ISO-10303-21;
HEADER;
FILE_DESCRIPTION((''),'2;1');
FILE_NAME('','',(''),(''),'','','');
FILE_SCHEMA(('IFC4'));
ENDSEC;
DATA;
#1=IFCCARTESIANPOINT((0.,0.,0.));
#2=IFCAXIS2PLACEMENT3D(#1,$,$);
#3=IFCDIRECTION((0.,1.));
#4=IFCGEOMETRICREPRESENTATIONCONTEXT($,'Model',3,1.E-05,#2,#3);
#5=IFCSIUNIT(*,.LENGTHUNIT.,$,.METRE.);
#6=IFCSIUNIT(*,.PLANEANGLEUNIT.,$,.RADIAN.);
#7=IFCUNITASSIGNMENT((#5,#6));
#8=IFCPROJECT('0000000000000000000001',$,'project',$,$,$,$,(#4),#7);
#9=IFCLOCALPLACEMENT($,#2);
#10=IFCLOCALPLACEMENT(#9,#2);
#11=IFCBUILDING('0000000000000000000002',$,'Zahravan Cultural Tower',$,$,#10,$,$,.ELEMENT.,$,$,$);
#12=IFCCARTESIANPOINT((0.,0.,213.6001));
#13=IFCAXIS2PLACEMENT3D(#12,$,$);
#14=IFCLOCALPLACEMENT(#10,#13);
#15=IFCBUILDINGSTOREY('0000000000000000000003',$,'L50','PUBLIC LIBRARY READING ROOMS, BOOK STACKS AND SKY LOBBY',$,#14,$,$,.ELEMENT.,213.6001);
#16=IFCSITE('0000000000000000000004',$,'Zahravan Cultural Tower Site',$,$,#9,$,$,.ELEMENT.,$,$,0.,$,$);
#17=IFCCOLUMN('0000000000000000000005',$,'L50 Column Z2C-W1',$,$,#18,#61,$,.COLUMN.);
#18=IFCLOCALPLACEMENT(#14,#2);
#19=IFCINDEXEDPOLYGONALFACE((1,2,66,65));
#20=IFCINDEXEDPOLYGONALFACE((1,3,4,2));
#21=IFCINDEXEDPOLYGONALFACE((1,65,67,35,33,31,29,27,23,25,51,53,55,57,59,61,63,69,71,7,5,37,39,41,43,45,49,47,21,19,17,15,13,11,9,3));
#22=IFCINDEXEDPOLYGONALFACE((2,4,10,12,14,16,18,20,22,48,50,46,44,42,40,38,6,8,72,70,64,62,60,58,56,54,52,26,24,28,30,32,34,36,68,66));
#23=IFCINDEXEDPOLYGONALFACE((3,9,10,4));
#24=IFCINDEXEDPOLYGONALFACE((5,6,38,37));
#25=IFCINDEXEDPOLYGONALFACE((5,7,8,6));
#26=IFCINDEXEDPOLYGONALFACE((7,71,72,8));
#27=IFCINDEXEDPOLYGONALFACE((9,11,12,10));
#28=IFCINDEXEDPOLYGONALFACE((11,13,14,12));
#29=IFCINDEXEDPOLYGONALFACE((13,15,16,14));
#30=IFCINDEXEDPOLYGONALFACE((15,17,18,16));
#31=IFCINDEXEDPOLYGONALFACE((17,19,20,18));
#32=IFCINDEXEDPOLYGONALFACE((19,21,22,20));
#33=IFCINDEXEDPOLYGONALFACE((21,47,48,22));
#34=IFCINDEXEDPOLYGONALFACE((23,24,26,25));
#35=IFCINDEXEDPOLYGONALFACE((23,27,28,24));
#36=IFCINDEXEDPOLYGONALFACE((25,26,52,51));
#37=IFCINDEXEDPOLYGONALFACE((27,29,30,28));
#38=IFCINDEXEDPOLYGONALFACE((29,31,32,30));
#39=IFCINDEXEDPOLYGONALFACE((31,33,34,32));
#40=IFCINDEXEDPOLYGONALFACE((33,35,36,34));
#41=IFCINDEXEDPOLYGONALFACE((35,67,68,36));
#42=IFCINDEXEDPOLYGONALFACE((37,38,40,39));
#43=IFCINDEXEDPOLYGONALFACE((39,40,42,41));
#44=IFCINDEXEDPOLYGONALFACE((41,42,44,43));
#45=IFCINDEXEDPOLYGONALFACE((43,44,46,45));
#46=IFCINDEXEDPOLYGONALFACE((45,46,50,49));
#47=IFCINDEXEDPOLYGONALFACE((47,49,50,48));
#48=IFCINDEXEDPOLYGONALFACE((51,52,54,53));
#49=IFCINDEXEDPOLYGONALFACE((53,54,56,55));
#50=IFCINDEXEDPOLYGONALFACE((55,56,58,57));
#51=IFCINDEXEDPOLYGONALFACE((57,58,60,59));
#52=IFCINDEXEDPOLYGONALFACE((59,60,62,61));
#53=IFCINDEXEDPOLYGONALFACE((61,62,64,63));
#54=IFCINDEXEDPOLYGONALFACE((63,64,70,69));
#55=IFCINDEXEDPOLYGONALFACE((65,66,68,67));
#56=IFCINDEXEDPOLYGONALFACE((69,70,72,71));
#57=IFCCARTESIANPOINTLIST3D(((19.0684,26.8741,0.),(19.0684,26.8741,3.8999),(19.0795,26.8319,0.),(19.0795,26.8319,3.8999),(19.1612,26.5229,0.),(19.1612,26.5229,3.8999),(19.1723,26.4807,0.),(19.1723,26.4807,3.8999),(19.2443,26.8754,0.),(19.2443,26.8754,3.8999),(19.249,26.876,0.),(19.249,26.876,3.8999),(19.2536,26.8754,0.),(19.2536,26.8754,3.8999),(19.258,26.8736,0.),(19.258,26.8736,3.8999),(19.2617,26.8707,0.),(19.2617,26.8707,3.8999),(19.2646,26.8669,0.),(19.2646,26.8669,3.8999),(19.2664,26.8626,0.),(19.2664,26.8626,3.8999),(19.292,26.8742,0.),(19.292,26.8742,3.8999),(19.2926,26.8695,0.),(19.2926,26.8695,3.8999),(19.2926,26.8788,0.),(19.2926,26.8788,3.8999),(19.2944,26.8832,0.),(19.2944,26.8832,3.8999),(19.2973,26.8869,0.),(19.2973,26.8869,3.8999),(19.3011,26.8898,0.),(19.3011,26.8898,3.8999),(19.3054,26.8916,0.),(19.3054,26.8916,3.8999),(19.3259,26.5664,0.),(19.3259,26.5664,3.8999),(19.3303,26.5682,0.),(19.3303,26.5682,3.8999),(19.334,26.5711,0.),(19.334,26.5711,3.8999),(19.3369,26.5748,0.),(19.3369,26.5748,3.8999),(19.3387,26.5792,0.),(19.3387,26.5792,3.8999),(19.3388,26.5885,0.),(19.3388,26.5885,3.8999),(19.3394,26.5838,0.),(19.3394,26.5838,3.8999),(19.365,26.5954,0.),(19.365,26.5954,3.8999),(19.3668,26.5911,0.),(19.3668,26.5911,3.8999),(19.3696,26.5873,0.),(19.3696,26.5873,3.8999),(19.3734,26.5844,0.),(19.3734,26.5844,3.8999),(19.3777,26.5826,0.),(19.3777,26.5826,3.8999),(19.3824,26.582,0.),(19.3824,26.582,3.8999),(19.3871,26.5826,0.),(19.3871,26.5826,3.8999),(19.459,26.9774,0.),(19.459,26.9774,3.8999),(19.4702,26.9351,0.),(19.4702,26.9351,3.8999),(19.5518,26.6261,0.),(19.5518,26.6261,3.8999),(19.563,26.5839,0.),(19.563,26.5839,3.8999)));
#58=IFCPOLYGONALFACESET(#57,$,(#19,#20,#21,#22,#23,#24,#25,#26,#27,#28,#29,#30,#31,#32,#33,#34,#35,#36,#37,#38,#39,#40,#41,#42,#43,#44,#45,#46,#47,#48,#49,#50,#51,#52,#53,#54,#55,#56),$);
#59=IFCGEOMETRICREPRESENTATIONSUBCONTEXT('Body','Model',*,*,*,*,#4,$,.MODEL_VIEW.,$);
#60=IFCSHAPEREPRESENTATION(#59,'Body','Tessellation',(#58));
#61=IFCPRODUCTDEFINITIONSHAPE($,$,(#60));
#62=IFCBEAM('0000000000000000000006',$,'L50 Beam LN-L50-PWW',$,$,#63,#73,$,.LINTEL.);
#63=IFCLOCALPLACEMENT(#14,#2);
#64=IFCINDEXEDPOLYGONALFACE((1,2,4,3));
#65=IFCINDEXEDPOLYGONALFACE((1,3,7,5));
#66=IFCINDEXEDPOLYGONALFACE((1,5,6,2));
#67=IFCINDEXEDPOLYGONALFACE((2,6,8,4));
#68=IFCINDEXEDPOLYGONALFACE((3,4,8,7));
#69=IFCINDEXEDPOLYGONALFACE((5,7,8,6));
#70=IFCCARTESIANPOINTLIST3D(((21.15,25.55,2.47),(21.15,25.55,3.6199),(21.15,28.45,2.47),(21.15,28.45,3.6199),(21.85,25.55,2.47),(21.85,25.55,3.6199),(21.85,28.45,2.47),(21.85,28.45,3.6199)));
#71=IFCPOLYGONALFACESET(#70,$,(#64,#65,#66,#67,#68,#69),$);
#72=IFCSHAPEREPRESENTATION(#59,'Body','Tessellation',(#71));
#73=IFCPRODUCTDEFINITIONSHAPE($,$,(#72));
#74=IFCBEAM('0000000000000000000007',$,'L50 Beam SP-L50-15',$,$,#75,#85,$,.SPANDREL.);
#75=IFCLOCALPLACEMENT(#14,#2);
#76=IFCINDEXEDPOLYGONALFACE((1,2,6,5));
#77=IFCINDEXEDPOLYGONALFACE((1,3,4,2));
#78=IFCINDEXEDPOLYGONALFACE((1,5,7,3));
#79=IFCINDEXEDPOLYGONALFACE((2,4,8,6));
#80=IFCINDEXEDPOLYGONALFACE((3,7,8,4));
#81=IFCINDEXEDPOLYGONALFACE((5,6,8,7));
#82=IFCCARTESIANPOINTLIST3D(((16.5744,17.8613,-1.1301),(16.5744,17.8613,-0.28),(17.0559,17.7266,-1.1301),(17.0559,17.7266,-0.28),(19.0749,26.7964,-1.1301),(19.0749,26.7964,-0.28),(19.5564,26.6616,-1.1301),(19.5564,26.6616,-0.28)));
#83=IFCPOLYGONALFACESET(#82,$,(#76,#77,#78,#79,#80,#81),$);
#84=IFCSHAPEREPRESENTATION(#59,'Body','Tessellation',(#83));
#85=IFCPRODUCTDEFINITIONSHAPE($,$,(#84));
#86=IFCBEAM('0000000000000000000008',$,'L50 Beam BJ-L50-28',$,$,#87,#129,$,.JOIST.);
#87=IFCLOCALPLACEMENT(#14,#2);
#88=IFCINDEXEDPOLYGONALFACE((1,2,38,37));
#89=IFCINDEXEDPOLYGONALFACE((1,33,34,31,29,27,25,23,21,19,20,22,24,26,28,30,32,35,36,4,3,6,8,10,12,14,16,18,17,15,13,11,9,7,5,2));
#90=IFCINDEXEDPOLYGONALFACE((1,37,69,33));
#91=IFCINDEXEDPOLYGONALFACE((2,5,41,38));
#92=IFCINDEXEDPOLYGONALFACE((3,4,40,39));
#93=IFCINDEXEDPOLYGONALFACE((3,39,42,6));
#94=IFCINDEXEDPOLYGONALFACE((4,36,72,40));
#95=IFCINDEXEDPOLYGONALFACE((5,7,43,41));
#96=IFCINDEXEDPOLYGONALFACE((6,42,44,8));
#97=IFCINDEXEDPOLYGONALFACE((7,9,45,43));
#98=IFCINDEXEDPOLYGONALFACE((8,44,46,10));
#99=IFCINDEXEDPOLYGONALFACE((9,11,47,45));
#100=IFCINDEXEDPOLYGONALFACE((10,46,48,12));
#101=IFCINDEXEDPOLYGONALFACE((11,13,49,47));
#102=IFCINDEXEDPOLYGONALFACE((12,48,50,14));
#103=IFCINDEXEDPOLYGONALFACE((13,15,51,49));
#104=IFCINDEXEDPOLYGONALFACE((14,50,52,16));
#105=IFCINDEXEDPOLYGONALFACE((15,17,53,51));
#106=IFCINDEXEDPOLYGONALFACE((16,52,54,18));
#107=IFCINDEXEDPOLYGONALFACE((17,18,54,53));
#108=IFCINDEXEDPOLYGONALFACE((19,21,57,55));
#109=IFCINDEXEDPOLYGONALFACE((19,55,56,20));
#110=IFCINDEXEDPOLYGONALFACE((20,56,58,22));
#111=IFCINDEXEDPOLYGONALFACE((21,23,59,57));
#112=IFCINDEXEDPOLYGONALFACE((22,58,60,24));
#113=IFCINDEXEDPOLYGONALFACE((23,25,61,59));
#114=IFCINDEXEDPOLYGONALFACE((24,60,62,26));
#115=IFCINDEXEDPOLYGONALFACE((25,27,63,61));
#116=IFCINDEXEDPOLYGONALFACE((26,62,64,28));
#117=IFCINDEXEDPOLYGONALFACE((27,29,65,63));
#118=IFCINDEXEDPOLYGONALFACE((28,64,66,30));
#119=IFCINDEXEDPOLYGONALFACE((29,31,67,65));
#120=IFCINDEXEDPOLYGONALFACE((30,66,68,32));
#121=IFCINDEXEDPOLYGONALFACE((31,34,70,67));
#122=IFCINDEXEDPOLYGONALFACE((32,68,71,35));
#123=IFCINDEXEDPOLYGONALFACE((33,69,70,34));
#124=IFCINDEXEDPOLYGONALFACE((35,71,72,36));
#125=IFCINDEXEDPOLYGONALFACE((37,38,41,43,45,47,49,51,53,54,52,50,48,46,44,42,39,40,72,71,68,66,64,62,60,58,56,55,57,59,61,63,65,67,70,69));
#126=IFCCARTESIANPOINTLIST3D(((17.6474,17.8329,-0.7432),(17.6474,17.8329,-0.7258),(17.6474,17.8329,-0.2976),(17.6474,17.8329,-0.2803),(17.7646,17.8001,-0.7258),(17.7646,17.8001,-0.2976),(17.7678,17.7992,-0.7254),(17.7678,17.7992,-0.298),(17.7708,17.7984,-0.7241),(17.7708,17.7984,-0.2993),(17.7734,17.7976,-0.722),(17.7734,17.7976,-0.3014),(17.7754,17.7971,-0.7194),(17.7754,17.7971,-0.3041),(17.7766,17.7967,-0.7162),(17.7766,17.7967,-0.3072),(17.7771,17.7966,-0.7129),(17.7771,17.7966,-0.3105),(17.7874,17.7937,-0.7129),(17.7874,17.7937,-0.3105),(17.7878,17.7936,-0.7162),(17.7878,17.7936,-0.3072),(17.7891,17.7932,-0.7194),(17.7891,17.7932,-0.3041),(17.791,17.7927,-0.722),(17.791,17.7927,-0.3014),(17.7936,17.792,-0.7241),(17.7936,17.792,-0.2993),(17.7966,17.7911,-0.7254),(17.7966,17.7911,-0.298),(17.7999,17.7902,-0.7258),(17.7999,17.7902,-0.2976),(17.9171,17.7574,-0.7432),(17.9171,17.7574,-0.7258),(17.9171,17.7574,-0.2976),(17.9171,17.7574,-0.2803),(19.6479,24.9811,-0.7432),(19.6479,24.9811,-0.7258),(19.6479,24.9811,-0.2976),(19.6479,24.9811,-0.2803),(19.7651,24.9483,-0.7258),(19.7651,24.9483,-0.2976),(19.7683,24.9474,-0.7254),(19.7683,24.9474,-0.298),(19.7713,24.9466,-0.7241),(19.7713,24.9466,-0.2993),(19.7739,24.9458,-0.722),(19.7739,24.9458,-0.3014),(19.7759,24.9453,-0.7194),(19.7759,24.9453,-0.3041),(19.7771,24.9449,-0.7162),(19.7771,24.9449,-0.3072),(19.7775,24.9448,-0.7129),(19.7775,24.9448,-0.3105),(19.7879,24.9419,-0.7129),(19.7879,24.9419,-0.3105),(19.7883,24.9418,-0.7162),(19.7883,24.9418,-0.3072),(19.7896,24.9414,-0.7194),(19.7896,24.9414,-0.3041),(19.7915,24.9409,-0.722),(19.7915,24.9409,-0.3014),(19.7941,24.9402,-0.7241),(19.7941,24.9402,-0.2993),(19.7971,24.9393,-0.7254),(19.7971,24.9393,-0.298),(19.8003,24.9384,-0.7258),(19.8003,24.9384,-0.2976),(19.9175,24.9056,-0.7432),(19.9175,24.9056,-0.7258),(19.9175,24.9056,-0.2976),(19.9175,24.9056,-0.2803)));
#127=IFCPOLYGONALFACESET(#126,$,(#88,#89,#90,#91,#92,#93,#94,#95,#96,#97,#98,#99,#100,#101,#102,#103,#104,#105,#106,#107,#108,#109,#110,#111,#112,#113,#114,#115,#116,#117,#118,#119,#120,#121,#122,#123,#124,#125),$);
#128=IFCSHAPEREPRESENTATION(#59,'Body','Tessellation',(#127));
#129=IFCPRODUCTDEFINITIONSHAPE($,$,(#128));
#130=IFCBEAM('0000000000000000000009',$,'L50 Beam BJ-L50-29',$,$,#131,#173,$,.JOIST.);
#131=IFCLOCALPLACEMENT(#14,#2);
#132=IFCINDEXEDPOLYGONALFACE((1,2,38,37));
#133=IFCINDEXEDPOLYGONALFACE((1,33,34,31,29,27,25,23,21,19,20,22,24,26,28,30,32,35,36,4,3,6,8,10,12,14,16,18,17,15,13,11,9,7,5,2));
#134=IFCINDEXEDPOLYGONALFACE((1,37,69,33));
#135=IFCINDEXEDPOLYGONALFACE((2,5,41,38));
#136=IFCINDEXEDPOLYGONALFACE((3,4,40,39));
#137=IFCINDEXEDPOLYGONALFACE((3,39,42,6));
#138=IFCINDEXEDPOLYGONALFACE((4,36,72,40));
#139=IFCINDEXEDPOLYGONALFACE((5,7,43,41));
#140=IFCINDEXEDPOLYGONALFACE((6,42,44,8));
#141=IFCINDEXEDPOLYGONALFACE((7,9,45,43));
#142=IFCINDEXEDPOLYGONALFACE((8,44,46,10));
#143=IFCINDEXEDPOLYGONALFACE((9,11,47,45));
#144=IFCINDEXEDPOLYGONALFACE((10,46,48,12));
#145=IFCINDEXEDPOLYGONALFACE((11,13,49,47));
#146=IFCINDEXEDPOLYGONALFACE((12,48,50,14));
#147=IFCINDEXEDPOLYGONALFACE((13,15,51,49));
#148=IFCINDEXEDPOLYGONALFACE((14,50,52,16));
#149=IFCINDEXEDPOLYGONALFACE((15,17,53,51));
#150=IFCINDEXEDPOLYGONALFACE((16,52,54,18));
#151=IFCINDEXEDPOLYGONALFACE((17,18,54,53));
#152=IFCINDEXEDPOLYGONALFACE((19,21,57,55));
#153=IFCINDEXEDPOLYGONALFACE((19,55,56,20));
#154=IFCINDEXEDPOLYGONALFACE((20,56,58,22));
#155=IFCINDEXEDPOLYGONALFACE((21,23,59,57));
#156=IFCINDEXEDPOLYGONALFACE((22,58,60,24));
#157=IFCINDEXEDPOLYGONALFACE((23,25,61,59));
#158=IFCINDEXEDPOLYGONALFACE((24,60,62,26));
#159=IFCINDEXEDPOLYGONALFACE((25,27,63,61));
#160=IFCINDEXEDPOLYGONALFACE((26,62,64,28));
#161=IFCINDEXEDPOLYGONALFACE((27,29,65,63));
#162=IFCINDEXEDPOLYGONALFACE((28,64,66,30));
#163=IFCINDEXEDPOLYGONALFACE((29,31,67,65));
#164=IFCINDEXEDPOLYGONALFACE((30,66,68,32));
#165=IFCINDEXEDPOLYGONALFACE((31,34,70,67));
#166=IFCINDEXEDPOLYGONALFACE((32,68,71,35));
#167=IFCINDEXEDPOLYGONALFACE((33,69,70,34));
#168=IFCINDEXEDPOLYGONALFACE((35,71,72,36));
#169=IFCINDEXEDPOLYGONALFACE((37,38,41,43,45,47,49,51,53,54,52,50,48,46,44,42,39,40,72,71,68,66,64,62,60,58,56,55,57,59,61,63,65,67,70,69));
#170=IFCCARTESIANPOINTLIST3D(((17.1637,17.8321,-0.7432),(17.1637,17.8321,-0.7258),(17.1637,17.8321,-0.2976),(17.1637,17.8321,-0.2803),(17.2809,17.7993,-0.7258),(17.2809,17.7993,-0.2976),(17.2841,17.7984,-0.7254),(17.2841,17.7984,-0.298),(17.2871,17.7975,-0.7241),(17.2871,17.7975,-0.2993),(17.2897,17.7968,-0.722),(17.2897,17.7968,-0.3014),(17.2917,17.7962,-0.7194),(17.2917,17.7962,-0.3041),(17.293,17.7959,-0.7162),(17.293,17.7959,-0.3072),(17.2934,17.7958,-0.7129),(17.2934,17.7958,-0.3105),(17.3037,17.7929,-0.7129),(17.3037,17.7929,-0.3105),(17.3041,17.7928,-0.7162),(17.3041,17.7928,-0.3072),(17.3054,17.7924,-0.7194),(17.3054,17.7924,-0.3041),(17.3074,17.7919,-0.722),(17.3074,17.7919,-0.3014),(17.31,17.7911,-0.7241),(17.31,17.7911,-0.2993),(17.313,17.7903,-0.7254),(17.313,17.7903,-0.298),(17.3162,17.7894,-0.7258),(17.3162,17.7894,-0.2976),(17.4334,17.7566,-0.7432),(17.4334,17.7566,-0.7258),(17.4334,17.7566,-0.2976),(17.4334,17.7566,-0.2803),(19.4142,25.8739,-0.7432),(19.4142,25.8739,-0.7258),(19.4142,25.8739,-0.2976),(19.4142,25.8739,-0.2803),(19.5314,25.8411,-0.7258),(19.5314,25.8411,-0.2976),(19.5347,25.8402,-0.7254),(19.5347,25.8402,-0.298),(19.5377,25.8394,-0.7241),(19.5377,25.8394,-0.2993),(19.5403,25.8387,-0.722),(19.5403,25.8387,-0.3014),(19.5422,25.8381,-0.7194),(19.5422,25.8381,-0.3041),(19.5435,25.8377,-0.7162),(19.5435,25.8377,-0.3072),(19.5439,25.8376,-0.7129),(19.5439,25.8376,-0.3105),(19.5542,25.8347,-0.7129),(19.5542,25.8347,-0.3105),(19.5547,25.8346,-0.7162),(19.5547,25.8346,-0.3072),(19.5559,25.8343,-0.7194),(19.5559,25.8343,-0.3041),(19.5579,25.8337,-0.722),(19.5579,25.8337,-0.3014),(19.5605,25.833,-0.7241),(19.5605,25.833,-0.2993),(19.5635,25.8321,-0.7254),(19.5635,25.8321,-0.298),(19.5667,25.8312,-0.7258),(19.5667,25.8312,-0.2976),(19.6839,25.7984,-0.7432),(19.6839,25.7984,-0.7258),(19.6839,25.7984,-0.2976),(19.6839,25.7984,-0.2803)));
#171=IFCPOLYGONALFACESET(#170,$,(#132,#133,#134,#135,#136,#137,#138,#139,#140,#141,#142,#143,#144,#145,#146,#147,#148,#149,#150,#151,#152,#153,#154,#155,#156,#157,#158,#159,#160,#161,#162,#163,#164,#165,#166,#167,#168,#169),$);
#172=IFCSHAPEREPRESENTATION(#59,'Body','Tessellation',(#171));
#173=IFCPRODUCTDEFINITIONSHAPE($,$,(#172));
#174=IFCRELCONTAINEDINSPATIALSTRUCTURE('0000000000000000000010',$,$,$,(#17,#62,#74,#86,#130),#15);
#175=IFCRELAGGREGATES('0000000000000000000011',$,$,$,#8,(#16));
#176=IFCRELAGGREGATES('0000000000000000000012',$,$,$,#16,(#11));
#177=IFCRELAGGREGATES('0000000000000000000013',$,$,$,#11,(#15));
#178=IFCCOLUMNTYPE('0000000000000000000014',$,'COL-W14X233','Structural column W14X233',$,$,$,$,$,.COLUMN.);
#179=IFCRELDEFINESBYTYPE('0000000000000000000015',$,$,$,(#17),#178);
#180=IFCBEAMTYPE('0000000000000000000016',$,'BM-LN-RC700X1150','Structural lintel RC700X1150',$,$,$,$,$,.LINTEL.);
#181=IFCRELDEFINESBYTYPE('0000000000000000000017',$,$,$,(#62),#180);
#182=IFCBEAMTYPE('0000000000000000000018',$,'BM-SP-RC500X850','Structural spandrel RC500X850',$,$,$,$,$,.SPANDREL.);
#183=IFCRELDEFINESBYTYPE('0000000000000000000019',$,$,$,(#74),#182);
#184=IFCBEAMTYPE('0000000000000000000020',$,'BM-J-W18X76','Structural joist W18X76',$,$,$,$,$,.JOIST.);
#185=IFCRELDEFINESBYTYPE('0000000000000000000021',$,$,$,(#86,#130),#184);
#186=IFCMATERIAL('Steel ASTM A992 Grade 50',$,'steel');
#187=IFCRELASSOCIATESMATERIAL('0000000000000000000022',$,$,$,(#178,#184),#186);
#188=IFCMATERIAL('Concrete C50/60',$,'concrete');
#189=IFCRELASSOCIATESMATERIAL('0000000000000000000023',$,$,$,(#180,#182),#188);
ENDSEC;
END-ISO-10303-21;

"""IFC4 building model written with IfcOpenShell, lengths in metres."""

from ifc_helpers import new_model, si_unit, direction, frame, origin, origin_2d, place, context, subcontext, project, spatial, rectangle, i_section, extrude, source, transform, mapped, material, material_profile, profile_set, type_object, element, save


model = new_model("IFC4")

# Units and contexts
model_context = context("Model", 3, precision=1e-05, world=origin(), true_north=direction((0.0, 1.0)))
body_context = subcontext(model_context, "Body", "Model", "MODEL_VIEW")
ifc_project = project(units=[si_unit("LENGTHUNIT", "METRE"), si_unit("PLANEANGLEUNIT", "RADIAN")], contexts=[model_context])

# Site, building, storey
site_placement = place(None, origin())
site = spatial("IfcSite", under=ifc_project, at=site_placement, Name="Zahravan Cultural Tower Site", CompositionType="ELEMENT", RefElevation=0.0)
building_placement = place(site_placement, origin())
building = spatial("IfcBuilding", under=site, at=building_placement, Name="Zahravan Cultural Tower", CompositionType="ELEMENT")
storey_placement = place(building_placement, frame((0.0, 0.0, 213.6001)))
storey = spatial("IfcBuildingStorey", under=building, at=storey_placement, Name="L50", Description="PUBLIC LIBRARY READING ROOMS, BOOK STACKS AND SKY LOBBY", CompositionType="ELEMENT", Elevation=213.6001)

# Column
ifc_material_1 = material(Name="Steel ASTM A992 Grade 50", Category="steel")
ifc_material_profile_1 = material_profile(ifc_material_1, i_section(OverallWidth=0.4041, OverallDepth=0.407, WebThickness=0.0271, FlangeThickness=0.0437, FilletRadius=0.0181, at=origin_2d()), Name="W14X233")
ifc_profile_set_1 = profile_set([ifc_material_profile_1], Name="Steel ASTM A992 Grade 50")
column_type = type_object("IfcColumnType", Name="COL-W14X233", Description="Structural column W14X233", PredefinedType="COLUMN", material=ifc_profile_set_1)
shared_shape_1 = source(origin(), body_context, "Body", "SweptSolid", [
    extrude(i_section(OverallWidth=0.4041, OverallDepth=0.407, WebThickness=0.0271, FlangeThickness=0.0437, FilletRadius=0.0181, at=origin_2d()), origin(), (0.0, 0.0, 1.0), 3.8999),
])
column_placement = place(storey_placement, frame((19.3157, 26.729, 0.0), z_axis=(0.0, 0.0, 1.0), x_axis=(0.966823, 0.255446, 0.0)))
element("IfcColumn", 1, at=column_placement, inside=storey, type_object=column_type, Name="L50 Column Z2C-W1", PredefinedType="COLUMN", context=body_context, shape_type="MappedRepresentation", body=[
    mapped(shared_shape_1, transform((0.0, 0.0, 0.0), x_axis=(1.0, 0.0, 0.0), y_axis=(0.0, 1.0, 0.0), z_axis=(0.0, 0.0, 1.0), scale=1.0)),
])

# Beams
ifc_material_2 = material(Name="Concrete C50/60", Category="concrete")
ifc_material_profile_2 = material_profile(ifc_material_2, rectangle(XDim=0.7, YDim=1.1499, at=origin_2d()), Name="RC700X1150")
ifc_profile_set_2 = profile_set([ifc_material_profile_2], Name="Concrete C50/60")
beam_type_1 = type_object("IfcBeamType", Name="BM-LN-RC700X1150", Description="Structural lintel RC700X1150", PredefinedType="LINTEL", material=ifc_profile_set_2)
shared_shape_2 = source(origin(), body_context, "Body", "SweptSolid", [
    extrude(rectangle(XDim=0.7, YDim=1.1499, at=origin_2d()), origin(), (0.0, 0.0, 1.0), 2.8999),
])
beam_1_placement = place(storey_placement, frame((21.5, 25.55, 3.0449), z_axis=(0.0, 1.0, 0.0), x_axis=(-1.0, 0.0, 0.0)))
element("IfcBeam", 2, at=beam_1_placement, inside=storey, type_object=beam_type_1, Name="L50 Beam LN-L50-PWW", PredefinedType="LINTEL", context=body_context, shape_type="MappedRepresentation", body=[
    mapped(shared_shape_2, transform((0.0, 0.0, 0.0), x_axis=(1.0, 0.0, 0.0), y_axis=(0.0, 1.0, 0.0), z_axis=(0.0, 0.0, 1.0), scale=1.0)),
])
ifc_material_profile_3 = material_profile(ifc_material_2, rectangle(XDim=0.5, YDim=0.8501, at=origin_2d()), Name="RC500X850")
ifc_profile_set_3 = profile_set([ifc_material_profile_3], Name="Concrete C50/60")
beam_type_2 = type_object("IfcBeamType", Name="BM-SP-RC500X850", Description="Structural spandrel RC500X850", PredefinedType="SPANDREL", material=ifc_profile_set_3)
shared_shape_3 = source(origin(), body_context, "Body", "SweptSolid", [
    extrude(rectangle(XDim=0.5, YDim=0.8501, at=origin_2d()), origin(), (0.0, 0.0, 1.0), 9.2783),
])
beam_2_placement = place(storey_placement, frame((19.3157, 26.729, -0.7051), z_axis=(-0.269497, -0.963001, 0.0), x_axis=(0.963001, -0.269497, 0.0)))
element("IfcBeam", 3, at=beam_2_placement, inside=storey, type_object=beam_type_2, Name="L50 Beam SP-L50-15", PredefinedType="SPANDREL", context=body_context, shape_type="MappedRepresentation", body=[
    mapped(shared_shape_3, transform((0.0, 0.0, 0.0), x_axis=(1.0, 0.0, 0.0), y_axis=(0.0, 1.0, 0.0), z_axis=(0.0, 0.0, 1.0), scale=1.0)),
])
ifc_material_profile_4 = material_profile(ifc_material_1, i_section(OverallWidth=0.28, OverallDepth=0.4629, WebThickness=0.0107, FlangeThickness=0.0173, FilletRadius=0.0129, at=origin_2d()), Name="W18X76")
ifc_profile_set_4 = profile_set([ifc_material_profile_4], Name="Steel ASTM A992 Grade 50")
beam_type_3 = type_object("IfcBeamType", Name="BM-J-W18X76", Description="Structural joist W18X76", PredefinedType="JOIST", material=ifc_profile_set_4)
shared_shape_4 = source(origin(), body_context, "Body", "SweptSolid", [
    extrude(i_section(OverallWidth=0.28, OverallDepth=0.4629, WebThickness=0.0107, FlangeThickness=0.0173, FilletRadius=0.0129, at=origin_2d()), origin(), (0.0, 0.0, 1.0), 7.4229),
])
beam_3_placement = place(storey_placement, frame((19.7827, 24.9434, -0.5117), z_axis=(-0.269504, -0.962999, 0.0), x_axis=(0.962999, -0.269504, 0.0)))
element("IfcBeam", 4, at=beam_3_placement, inside=storey, type_object=beam_type_3, Name="L50 Beam BJ-L50-28", PredefinedType="JOIST", context=body_context, shape_type="MappedRepresentation", body=[
    mapped(shared_shape_4, transform((0.0, 0.0, 0.0), x_axis=(1.0, 0.0, 0.0), y_axis=(0.0, 1.0, 0.0), z_axis=(0.0, 0.0, 1.0), scale=1.0)),
])
shared_shape_5 = source(origin(), body_context, "Body", "SweptSolid", [
    extrude(i_section(OverallWidth=0.28, OverallDepth=0.4629, WebThickness=0.0107, FlangeThickness=0.0173, FilletRadius=0.0129, at=origin_2d()), origin(), (0.0, 0.0, 1.0), 8.3508),
])
beam_4_placement = place(storey_placement, frame((19.5491, 25.8362, -0.5117), z_axis=(-0.269497, -0.963001, 0.0), x_axis=(0.963001, -0.269497, 0.0)))
element("IfcBeam", 5, at=beam_4_placement, inside=storey, type_object=beam_type_3, Name="L50 Beam BJ-L50-29", PredefinedType="JOIST", context=body_context, shape_type="MappedRepresentation", body=[
    mapped(shared_shape_5, transform((0.0, 0.0, 0.0), x_axis=(1.0, 0.0, 0.0), y_axis=(0.0, 1.0, 0.0), z_axis=(0.0, 0.0, 1.0), scale=1.0)),
])

save(model, "model.ifc")
